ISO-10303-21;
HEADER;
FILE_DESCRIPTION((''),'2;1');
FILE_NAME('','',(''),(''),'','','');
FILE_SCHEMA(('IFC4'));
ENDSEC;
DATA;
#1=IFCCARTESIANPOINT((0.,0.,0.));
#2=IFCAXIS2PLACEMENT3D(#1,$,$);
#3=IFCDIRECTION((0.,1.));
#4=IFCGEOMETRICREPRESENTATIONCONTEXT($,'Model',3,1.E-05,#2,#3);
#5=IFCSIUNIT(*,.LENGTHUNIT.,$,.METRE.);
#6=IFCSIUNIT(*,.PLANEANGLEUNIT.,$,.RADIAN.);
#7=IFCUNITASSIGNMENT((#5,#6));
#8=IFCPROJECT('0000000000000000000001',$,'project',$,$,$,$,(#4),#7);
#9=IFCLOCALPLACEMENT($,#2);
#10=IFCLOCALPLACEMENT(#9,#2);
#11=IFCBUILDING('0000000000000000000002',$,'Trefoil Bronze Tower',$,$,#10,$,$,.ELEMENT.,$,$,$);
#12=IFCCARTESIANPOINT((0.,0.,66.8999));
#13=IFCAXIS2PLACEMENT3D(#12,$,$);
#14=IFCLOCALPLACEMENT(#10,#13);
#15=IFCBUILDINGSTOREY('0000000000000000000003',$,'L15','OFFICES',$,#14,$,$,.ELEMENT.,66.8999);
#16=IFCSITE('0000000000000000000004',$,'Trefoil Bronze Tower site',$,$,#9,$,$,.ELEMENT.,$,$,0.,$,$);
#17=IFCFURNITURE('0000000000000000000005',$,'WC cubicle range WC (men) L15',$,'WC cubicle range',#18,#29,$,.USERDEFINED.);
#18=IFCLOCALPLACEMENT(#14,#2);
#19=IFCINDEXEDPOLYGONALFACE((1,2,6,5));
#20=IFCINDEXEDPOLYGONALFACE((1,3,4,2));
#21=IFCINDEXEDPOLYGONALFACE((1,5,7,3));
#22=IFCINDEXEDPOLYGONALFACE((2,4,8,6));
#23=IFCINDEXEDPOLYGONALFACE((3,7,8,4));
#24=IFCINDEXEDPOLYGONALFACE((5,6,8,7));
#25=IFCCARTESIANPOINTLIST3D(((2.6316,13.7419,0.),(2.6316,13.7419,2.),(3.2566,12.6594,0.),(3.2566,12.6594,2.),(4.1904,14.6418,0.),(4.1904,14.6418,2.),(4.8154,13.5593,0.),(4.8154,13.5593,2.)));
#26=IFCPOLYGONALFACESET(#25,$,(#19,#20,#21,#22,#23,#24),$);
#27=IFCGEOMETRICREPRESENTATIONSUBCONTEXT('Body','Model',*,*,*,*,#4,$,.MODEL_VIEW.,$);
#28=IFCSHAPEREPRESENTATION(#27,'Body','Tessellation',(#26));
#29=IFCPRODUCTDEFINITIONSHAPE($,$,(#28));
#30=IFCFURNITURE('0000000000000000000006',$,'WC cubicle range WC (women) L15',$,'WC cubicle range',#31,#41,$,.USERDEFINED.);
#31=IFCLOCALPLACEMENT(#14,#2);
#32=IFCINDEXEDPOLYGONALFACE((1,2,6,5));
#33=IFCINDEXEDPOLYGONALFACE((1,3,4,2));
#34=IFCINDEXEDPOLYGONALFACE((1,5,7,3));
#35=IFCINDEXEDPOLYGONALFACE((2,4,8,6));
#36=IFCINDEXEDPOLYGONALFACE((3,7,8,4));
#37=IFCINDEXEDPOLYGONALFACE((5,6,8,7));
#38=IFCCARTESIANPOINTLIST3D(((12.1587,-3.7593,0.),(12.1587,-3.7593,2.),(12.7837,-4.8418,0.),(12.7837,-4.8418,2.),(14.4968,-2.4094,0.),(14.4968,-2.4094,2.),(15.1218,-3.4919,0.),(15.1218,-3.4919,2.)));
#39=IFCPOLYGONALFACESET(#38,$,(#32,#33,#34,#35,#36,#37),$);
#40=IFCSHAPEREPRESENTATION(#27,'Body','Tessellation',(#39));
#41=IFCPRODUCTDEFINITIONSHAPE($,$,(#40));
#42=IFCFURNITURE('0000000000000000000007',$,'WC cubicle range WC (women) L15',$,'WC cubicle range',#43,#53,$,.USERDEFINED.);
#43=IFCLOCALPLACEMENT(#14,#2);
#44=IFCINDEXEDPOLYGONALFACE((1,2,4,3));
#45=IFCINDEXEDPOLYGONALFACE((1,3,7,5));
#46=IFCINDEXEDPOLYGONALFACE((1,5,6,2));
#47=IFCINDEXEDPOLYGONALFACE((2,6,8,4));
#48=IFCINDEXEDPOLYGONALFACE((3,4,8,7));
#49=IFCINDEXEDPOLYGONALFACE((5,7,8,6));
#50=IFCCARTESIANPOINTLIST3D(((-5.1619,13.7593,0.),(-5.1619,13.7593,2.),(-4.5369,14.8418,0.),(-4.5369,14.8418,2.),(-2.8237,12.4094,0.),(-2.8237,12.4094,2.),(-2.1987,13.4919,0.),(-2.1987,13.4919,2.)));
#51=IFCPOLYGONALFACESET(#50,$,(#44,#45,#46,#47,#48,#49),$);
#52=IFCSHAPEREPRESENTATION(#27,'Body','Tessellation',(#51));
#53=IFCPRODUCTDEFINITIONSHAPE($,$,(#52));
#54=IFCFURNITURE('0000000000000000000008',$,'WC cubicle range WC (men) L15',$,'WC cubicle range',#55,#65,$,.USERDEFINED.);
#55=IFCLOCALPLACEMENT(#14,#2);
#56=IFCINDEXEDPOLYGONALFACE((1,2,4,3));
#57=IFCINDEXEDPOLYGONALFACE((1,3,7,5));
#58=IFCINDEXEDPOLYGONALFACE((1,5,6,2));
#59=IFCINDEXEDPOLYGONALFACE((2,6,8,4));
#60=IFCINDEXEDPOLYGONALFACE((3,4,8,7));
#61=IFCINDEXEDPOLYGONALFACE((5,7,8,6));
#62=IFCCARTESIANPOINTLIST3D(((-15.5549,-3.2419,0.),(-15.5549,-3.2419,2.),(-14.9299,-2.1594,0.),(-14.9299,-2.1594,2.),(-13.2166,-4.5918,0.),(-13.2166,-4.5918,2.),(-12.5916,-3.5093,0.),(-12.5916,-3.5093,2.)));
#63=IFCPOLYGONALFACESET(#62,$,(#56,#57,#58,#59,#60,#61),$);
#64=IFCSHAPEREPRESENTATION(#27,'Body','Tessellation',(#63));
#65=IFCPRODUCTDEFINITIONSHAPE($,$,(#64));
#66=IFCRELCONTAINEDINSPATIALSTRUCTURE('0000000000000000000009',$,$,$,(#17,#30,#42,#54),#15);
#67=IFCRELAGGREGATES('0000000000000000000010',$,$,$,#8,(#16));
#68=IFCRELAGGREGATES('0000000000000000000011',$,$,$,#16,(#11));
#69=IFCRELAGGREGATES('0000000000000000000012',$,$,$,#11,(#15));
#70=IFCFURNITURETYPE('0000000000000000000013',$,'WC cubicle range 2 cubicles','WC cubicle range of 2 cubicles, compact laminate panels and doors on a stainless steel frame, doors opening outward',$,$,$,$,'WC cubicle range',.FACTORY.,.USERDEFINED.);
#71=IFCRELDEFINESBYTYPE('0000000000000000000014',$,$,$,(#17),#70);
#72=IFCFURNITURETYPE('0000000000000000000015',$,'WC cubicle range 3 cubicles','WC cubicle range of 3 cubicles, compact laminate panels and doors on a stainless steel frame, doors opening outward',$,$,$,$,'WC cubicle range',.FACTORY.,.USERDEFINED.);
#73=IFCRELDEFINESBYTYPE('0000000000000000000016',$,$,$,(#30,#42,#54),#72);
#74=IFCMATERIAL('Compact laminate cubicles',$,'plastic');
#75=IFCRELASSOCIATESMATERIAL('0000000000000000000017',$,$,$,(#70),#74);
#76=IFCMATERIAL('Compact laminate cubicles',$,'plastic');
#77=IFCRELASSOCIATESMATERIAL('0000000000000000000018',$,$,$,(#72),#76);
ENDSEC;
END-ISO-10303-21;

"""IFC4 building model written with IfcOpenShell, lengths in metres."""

from ifc_helpers import new_model, si_unit, direction, frame, origin, place, context, subcontext, project, spatial, polyline, outline, extrude, material, type_object, element, save


model = new_model("IFC4")

# Units and contexts
model_context = context("Model", 3, precision=1e-05, world=origin(), true_north=direction((0.0, 1.0)))
body_context = subcontext(model_context, "Body", "Model", "MODEL_VIEW")
ifc_project = project(units=[si_unit("LENGTHUNIT", "METRE"), si_unit("PLANEANGLEUNIT", "RADIAN")], contexts=[model_context])

# Site, building, storey
site_placement = place(None, origin())
site = spatial("IfcSite", under=ifc_project, at=site_placement, Name="Trefoil Bronze Tower site", CompositionType="ELEMENT", RefElevation=0.0)
building_placement = place(site_placement, origin())
building = spatial("IfcBuilding", under=site, at=building_placement, Name="Trefoil Bronze Tower", CompositionType="ELEMENT")
storey_placement = place(building_placement, frame((0.0, 0.0, 66.8999)))
storey = spatial("IfcBuildingStorey", under=building, at=storey_placement, Name="L15", Description="OFFICES", CompositionType="ELEMENT", Elevation=66.8999)

# Furniture
ifc_material_1 = material(Name="Compact laminate cubicles", Category="plastic")
furniture_type_1 = type_object("IfcFurnitureType", Name="WC cubicle range 2 cubicles", Description="WC cubicle range of 2 cubicles, compact laminate panels and doors on a stainless steel frame, doors opening outward", ElementType="WC cubicle range", AssemblyPlace="FACTORY", PredefinedType="USERDEFINED", material=ifc_material_1)
furniture_1_placement = place(storey_placement, origin())
element("IfcFurniture", 1, at=furniture_1_placement, inside=storey, type_object=furniture_type_1, Name="WC cubicle range WC (men) L15", ObjectType="WC cubicle range", PredefinedType="USERDEFINED", context=body_context, shape_type="SweptSolid", body=[
    extrude(outline(polyline([(3.2566, 12.6594), (2.6316, 13.7419), (4.1904, 14.6418), (4.8154, 13.5593), (3.2566, 12.6594)])), origin(), (0.0, 0.0, 1.0), 2.0),
])
ifc_material_2 = material(Name="Compact laminate cubicles", Category="plastic")
furniture_type_2 = type_object("IfcFurnitureType", Name="WC cubicle range 3 cubicles", Description="WC cubicle range of 3 cubicles, compact laminate panels and doors on a stainless steel frame, doors opening outward", ElementType="WC cubicle range", AssemblyPlace="FACTORY", PredefinedType="USERDEFINED", material=ifc_material_2)
furniture_2_placement = place(storey_placement, origin())
element("IfcFurniture", 2, at=furniture_2_placement, inside=storey, type_object=furniture_type_2, Name="WC cubicle range WC (women) L15", ObjectType="WC cubicle range", PredefinedType="USERDEFINED", context=body_context, shape_type="SweptSolid", body=[
    extrude(outline(polyline([(12.1587, -3.7593), (12.7837, -4.8418), (15.1218, -3.4919), (14.4968, -2.4094), (12.1587, -3.7593)])), origin(), (0.0, 0.0, 1.0), 2.0),
])
furniture_3_placement = place(storey_placement, origin())
element("IfcFurniture", 3, at=furniture_3_placement, inside=storey, type_object=furniture_type_2, Name="WC cubicle range WC (women) L15", ObjectType="WC cubicle range", PredefinedType="USERDEFINED", context=body_context, shape_type="SweptSolid", body=[
    extrude(outline(polyline([(-2.8237, 12.4094), (-2.1987, 13.4919), (-4.5369, 14.8418), (-5.1619, 13.7593), (-2.8237, 12.4094)])), origin(), (0.0, 0.0, 1.0), 2.0),
])
furniture_4_placement = place(storey_placement, origin())
element("IfcFurniture", 4, at=furniture_4_placement, inside=storey, type_object=furniture_type_2, Name="WC cubicle range WC (men) L15", ObjectType="WC cubicle range", PredefinedType="USERDEFINED", context=body_context, shape_type="SweptSolid", body=[
    extrude(outline(polyline([(-12.5916, -3.5093), (-13.2166, -4.5918), (-15.5549, -3.2419), (-14.9299, -2.1594), (-12.5916, -3.5093)])), origin(), (0.0, 0.0, 1.0), 2.0),
])

save(model, "model.ifc")
